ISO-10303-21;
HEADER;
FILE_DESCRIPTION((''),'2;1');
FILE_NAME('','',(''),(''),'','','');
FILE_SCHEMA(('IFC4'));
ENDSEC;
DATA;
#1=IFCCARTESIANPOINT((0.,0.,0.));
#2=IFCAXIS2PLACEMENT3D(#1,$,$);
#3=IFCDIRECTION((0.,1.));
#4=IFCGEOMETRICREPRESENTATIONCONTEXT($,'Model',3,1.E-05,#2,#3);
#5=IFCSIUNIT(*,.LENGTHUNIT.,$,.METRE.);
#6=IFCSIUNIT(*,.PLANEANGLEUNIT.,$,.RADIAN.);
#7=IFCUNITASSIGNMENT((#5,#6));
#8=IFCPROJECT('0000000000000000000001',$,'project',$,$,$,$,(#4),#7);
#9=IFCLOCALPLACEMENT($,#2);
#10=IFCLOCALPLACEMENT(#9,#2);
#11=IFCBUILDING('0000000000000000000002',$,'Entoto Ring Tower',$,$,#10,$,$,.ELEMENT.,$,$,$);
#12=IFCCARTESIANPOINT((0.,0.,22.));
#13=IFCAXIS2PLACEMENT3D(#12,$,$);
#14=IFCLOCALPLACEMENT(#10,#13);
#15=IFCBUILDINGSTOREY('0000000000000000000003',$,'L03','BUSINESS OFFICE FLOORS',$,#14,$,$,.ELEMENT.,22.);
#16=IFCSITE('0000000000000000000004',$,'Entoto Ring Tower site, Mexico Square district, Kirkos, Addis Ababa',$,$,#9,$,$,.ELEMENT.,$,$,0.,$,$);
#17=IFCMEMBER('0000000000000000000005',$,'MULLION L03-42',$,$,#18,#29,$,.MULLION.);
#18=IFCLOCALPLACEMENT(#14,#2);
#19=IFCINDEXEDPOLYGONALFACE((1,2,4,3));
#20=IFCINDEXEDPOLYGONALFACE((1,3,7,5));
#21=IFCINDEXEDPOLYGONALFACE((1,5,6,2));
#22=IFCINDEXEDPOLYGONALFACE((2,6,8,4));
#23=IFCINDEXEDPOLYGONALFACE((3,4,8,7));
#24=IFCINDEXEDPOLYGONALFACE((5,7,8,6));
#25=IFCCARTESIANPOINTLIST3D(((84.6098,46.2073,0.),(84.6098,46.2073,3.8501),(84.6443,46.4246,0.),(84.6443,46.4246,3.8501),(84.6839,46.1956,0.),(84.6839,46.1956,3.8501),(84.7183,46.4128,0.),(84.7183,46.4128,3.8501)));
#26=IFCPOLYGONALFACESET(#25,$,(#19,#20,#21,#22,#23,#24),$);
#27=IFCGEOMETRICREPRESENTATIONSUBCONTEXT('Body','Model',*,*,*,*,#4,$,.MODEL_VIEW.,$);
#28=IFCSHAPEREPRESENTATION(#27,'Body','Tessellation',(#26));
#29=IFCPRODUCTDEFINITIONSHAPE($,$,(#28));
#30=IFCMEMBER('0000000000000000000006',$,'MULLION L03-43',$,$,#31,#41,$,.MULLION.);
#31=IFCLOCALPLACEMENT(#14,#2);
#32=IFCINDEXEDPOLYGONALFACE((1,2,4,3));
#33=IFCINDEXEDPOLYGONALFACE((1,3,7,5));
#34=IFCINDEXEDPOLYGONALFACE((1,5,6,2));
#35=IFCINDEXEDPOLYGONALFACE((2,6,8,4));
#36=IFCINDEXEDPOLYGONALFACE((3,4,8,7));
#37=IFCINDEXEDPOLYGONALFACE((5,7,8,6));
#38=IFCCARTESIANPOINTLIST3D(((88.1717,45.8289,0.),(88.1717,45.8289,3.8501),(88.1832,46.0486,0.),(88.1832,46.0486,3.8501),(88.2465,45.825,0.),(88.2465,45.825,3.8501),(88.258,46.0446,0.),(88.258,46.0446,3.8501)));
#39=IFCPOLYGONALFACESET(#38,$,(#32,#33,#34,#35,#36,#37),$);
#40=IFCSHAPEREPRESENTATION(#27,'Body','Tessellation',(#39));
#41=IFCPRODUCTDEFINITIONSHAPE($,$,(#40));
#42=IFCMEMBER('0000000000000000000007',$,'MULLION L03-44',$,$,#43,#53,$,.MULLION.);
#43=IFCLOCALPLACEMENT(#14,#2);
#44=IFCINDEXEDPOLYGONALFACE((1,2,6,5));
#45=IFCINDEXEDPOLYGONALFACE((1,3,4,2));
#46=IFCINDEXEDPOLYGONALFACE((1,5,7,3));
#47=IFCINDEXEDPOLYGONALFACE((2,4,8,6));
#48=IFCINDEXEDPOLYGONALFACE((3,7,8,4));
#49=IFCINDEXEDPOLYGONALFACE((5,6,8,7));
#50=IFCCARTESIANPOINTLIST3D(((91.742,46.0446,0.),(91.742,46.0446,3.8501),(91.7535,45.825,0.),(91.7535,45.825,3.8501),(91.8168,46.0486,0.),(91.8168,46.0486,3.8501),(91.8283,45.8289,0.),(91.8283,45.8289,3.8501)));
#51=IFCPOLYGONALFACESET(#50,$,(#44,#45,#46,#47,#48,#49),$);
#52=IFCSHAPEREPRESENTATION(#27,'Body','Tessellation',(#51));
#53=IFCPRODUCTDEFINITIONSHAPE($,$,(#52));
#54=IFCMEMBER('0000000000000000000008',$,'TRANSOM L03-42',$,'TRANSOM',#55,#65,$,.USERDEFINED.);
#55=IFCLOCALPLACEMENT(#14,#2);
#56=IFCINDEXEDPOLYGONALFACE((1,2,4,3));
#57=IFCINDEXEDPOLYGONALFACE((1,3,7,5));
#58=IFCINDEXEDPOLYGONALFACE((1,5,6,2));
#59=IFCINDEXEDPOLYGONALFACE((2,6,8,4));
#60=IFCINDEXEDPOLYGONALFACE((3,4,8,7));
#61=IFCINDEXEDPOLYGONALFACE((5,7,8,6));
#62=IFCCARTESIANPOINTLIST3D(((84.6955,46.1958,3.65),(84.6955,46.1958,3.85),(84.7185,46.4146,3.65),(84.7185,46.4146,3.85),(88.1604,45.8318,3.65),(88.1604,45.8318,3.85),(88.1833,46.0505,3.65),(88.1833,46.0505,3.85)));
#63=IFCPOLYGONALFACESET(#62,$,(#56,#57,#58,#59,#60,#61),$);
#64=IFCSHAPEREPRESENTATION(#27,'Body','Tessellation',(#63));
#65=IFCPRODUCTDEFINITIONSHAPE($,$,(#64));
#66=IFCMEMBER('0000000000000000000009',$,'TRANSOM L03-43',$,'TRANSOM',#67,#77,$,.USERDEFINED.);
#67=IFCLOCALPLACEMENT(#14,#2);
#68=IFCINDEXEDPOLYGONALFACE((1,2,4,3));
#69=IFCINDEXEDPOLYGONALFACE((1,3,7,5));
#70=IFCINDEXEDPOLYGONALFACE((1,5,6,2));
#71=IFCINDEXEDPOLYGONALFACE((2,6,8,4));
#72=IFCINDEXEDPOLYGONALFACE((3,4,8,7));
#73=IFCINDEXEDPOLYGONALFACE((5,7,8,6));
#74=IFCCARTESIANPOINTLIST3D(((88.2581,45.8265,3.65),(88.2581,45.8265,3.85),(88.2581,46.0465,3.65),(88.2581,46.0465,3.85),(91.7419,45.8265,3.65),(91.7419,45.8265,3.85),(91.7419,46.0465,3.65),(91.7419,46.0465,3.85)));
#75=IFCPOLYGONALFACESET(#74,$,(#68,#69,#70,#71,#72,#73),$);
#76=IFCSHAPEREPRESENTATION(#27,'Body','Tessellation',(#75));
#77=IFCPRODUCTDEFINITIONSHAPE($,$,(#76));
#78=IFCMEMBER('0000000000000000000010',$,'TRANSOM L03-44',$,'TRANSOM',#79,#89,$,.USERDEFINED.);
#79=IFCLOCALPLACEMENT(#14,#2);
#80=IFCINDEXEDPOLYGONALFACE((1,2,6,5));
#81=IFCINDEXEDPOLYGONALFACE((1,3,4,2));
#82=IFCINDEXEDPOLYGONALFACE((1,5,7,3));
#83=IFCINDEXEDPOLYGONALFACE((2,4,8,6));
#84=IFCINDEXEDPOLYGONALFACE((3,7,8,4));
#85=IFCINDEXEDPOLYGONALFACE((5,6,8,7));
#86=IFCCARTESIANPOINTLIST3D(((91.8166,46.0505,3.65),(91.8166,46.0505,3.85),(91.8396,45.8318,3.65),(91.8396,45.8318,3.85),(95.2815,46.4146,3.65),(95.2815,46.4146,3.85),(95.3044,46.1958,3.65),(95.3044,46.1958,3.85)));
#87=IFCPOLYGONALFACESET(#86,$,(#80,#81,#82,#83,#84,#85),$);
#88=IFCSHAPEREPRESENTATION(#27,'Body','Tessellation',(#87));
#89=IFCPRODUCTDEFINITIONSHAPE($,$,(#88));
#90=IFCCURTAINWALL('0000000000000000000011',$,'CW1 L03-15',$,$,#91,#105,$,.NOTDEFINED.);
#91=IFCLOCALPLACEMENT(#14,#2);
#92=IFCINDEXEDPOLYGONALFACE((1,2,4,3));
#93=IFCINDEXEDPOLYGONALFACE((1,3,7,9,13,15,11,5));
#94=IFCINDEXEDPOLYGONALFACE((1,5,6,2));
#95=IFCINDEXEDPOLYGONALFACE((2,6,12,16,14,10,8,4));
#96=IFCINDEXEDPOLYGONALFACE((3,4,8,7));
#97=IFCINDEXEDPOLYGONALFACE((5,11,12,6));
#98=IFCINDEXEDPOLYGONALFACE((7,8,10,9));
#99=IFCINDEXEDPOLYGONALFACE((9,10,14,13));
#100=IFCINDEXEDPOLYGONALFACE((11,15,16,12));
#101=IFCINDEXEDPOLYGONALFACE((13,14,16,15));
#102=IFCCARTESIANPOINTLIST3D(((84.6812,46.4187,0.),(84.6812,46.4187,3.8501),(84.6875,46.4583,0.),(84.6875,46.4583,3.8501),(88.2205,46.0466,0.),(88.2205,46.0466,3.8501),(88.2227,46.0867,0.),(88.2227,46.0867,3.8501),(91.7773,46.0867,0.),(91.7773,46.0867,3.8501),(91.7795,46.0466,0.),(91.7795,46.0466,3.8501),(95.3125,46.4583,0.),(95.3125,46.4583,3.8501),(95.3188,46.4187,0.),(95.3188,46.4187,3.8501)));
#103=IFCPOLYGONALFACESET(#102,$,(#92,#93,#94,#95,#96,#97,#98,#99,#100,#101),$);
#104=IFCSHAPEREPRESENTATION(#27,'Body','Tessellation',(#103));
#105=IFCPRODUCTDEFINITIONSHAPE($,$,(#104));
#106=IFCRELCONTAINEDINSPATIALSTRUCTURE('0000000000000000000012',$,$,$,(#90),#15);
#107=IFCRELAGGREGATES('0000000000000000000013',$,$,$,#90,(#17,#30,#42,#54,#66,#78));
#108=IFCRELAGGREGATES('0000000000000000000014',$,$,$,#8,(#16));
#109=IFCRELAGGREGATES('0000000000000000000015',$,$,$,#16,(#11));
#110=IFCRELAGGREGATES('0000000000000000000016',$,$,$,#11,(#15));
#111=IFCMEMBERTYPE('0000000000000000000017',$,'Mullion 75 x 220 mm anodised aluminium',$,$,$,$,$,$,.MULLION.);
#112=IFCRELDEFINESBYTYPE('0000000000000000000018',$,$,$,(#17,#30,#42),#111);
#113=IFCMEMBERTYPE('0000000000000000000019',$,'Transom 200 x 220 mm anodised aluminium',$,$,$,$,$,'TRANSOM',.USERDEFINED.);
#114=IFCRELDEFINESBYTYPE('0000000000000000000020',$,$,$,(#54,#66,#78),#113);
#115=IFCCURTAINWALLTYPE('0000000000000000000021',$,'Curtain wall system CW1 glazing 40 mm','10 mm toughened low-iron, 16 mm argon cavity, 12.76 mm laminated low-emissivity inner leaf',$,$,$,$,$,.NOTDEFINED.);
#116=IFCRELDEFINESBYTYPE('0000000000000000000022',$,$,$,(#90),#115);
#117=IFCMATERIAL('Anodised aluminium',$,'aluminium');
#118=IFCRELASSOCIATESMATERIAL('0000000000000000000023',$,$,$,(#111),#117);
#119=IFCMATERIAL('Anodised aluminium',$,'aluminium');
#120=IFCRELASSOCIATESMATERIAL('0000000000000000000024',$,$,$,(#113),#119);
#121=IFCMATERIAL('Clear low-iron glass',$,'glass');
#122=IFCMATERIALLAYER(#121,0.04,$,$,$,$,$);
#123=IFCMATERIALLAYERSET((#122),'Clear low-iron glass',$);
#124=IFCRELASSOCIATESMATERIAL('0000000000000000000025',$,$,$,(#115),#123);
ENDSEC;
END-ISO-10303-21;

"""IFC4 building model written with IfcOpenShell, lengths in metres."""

from ifc_helpers import new_model, si_unit, direction, frame, origin, origin_2d, place, context, subcontext, project, spatial, polyline, rectangle, outline, extrude, material, layer, layer_set, material_profile, profile_set, type_object, element, aggregate, save


model = new_model("IFC4")

# Units and contexts
model_context = context("Model", 3, precision=1e-05, world=origin(), true_north=direction((0.0, 1.0)))
body_context = subcontext(model_context, "Body", "Model", "MODEL_VIEW")
ifc_project = project(units=[si_unit("LENGTHUNIT", "METRE"), si_unit("PLANEANGLEUNIT", "RADIAN")], contexts=[model_context])

# Members
ifc_material_1 = material(Name="Anodised aluminium", Category="aluminium")
ifc_material_profile_1 = material_profile(ifc_material_1, rectangle(XDim=0.075, YDim=0.22, at=origin_2d()), Name="Mullion 75 x 220 mm anodised aluminium")
ifc_profile_set_1 = profile_set([ifc_material_profile_1], Name="Anodised aluminium")
member_type_1 = type_object("IfcMemberType", Name="Mullion 75 x 220 mm anodised aluminium", PredefinedType="MULLION", material=ifc_profile_set_1)
site_placement = place(None, origin())
building_placement = place(site_placement, origin())
storey_placement = place(building_placement, frame((0.0, 0.0, 22.0)))
member_1_placement = place(storey_placement, frame((84.6641, 46.3101, 0.0), z_axis=(0.0, 0.0, 1.0), x_axis=(0.987688, -0.156434, 0.0)))
member_1 = element("IfcMember", 1, at=member_1_placement, type_object=member_type_1, Name="MULLION L03-42", PredefinedType="MULLION", context=body_context, shape_type="SweptSolid", body=[
    extrude(rectangle(XDim=0.075, YDim=0.22, at=origin_2d()), origin(), (0.0, 0.0, 1.0), 3.8501),
])
member_2_placement = place(storey_placement, frame((88.2148, 45.9368, 0.0), z_axis=(0.0, 0.0, 1.0), x_axis=(0.99863, -0.052336, 0.0)))
member_2 = element("IfcMember", 2, at=member_2_placement, type_object=member_type_1, Name="MULLION L03-43", PredefinedType="MULLION", context=body_context, shape_type="SweptSolid", body=[
    extrude(rectangle(XDim=0.075, YDim=0.22, at=origin_2d()), origin(), (0.0, 0.0, 1.0), 3.8501),
])
member_3_placement = place(storey_placement, frame((91.7852, 45.9368, 0.0), z_axis=(0.0, 0.0, 1.0), x_axis=(0.99863, 0.052336, 0.0)))
member_3 = element("IfcMember", 3, at=member_3_placement, type_object=member_type_1, Name="MULLION L03-44", PredefinedType="MULLION", context=body_context, shape_type="SweptSolid", body=[
    extrude(rectangle(XDim=0.075, YDim=0.22, at=origin_2d()), origin(), (0.0, 0.0, 1.0), 3.8501),
])
ifc_material_2 = material(Name="Anodised aluminium", Category="aluminium")
ifc_material_profile_2 = material_profile(ifc_material_2, rectangle(XDim=0.22, YDim=0.2, at=origin_2d()), Name="Transom 200 x 220 mm anodised aluminium")
ifc_profile_set_2 = profile_set([ifc_material_profile_2], Name="Anodised aluminium")
member_type_2 = type_object("IfcMemberType", Name="Transom 200 x 220 mm anodised aluminium", ElementType="TRANSOM", PredefinedType="USERDEFINED", material=ifc_profile_set_2)
member_4_placement = place(storey_placement, frame((84.707, 46.3052, 3.75), z_axis=(0.994527, -0.104484, 0.0), x_axis=(0.104484, 0.994527, 0.0)))
member_4 = element("IfcMember", 4, at=member_4_placement, type_object=member_type_2, Name="TRANSOM L03-42", ObjectType="TRANSOM", PredefinedType="USERDEFINED", context=body_context, shape_type="SweptSolid", body=[
    extrude(rectangle(XDim=0.22, YDim=0.2, at=origin_2d()), origin(), (0.0, 0.0, 1.0), 3.4839),
])
member_5_placement = place(storey_placement, frame((88.2581, 45.9365, 3.75), z_axis=(1.0, 0.0, 0.0), x_axis=(0.0, 1.0, 0.0)))
member_5 = element("IfcMember", 5, at=member_5_placement, type_object=member_type_2, Name="TRANSOM L03-43", ObjectType="TRANSOM", PredefinedType="USERDEFINED", context=body_context, shape_type="SweptSolid", body=[
    extrude(rectangle(XDim=0.22, YDim=0.2, at=origin_2d()), origin(), (0.0, 0.0, 1.0), 3.4839),
])
member_6_placement = place(storey_placement, frame((91.8281, 45.9412, 3.75), z_axis=(0.994527, 0.104484, 0.0), x_axis=(-0.104484, 0.994527, 0.0)))
member_6 = element("IfcMember", 6, at=member_6_placement, type_object=member_type_2, Name="TRANSOM L03-44", ObjectType="TRANSOM", PredefinedType="USERDEFINED", context=body_context, shape_type="SweptSolid", body=[
    extrude(rectangle(XDim=0.22, YDim=0.2, at=origin_2d()), origin(), (0.0, 0.0, 1.0), 3.4839),
])

# Site, building, storey
site = spatial("IfcSite", under=ifc_project, at=site_placement, Name="Entoto Ring Tower site, Mexico Square district, Kirkos, Addis Ababa", CompositionType="ELEMENT", RefElevation=0.0)
building = spatial("IfcBuilding", under=site, at=building_placement, Name="Entoto Ring Tower", CompositionType="ELEMENT")
storey = spatial("IfcBuildingStorey", under=building, at=storey_placement, Name="L03", Description="BUSINESS OFFICE FLOORS", CompositionType="ELEMENT", Elevation=22.0)

# Curtain wall
ifc_material_3 = material(Name="Clear low-iron glass", Category="glass")
ifc_layer = layer(ifc_material_3, 0.04)
ifc_layer_set = layer_set([ifc_layer], Name="Clear low-iron glass")
curtain_wall_type = type_object("IfcCurtainWallType", Name="Curtain wall system CW1 glazing 40 mm", Description="10 mm toughened low-iron, 16 mm argon cavity, 12.76 mm laminated low-emissivity inner leaf", PredefinedType="NOTDEFINED", material=ifc_layer_set)
curtain_wall_1_placement = place(storey_placement, origin())
curtain_wall_1 = element("IfcCurtainWall", 7, at=curtain_wall_1_placement, inside=storey, type_object=curtain_wall_type, Name="CW1 L03-15", PredefinedType="NOTDEFINED", context=body_context, shape_type="SweptSolid", body=[
    extrude(outline(polyline([(84.6812, 46.4187), (88.2205, 46.0466), (91.7795, 46.0466), (95.3188, 46.4187), (95.3125, 46.4583), (91.7773, 46.0867), (88.2227, 46.0867), (84.6875, 46.4583), (84.6812, 46.4187)])), origin(), (0.0, 0.0, 1.0), 3.8501),
])
aggregate(curtain_wall_1, [member_1, member_2, member_3, member_4, member_5, member_6])

save(model, "model.ifc")
